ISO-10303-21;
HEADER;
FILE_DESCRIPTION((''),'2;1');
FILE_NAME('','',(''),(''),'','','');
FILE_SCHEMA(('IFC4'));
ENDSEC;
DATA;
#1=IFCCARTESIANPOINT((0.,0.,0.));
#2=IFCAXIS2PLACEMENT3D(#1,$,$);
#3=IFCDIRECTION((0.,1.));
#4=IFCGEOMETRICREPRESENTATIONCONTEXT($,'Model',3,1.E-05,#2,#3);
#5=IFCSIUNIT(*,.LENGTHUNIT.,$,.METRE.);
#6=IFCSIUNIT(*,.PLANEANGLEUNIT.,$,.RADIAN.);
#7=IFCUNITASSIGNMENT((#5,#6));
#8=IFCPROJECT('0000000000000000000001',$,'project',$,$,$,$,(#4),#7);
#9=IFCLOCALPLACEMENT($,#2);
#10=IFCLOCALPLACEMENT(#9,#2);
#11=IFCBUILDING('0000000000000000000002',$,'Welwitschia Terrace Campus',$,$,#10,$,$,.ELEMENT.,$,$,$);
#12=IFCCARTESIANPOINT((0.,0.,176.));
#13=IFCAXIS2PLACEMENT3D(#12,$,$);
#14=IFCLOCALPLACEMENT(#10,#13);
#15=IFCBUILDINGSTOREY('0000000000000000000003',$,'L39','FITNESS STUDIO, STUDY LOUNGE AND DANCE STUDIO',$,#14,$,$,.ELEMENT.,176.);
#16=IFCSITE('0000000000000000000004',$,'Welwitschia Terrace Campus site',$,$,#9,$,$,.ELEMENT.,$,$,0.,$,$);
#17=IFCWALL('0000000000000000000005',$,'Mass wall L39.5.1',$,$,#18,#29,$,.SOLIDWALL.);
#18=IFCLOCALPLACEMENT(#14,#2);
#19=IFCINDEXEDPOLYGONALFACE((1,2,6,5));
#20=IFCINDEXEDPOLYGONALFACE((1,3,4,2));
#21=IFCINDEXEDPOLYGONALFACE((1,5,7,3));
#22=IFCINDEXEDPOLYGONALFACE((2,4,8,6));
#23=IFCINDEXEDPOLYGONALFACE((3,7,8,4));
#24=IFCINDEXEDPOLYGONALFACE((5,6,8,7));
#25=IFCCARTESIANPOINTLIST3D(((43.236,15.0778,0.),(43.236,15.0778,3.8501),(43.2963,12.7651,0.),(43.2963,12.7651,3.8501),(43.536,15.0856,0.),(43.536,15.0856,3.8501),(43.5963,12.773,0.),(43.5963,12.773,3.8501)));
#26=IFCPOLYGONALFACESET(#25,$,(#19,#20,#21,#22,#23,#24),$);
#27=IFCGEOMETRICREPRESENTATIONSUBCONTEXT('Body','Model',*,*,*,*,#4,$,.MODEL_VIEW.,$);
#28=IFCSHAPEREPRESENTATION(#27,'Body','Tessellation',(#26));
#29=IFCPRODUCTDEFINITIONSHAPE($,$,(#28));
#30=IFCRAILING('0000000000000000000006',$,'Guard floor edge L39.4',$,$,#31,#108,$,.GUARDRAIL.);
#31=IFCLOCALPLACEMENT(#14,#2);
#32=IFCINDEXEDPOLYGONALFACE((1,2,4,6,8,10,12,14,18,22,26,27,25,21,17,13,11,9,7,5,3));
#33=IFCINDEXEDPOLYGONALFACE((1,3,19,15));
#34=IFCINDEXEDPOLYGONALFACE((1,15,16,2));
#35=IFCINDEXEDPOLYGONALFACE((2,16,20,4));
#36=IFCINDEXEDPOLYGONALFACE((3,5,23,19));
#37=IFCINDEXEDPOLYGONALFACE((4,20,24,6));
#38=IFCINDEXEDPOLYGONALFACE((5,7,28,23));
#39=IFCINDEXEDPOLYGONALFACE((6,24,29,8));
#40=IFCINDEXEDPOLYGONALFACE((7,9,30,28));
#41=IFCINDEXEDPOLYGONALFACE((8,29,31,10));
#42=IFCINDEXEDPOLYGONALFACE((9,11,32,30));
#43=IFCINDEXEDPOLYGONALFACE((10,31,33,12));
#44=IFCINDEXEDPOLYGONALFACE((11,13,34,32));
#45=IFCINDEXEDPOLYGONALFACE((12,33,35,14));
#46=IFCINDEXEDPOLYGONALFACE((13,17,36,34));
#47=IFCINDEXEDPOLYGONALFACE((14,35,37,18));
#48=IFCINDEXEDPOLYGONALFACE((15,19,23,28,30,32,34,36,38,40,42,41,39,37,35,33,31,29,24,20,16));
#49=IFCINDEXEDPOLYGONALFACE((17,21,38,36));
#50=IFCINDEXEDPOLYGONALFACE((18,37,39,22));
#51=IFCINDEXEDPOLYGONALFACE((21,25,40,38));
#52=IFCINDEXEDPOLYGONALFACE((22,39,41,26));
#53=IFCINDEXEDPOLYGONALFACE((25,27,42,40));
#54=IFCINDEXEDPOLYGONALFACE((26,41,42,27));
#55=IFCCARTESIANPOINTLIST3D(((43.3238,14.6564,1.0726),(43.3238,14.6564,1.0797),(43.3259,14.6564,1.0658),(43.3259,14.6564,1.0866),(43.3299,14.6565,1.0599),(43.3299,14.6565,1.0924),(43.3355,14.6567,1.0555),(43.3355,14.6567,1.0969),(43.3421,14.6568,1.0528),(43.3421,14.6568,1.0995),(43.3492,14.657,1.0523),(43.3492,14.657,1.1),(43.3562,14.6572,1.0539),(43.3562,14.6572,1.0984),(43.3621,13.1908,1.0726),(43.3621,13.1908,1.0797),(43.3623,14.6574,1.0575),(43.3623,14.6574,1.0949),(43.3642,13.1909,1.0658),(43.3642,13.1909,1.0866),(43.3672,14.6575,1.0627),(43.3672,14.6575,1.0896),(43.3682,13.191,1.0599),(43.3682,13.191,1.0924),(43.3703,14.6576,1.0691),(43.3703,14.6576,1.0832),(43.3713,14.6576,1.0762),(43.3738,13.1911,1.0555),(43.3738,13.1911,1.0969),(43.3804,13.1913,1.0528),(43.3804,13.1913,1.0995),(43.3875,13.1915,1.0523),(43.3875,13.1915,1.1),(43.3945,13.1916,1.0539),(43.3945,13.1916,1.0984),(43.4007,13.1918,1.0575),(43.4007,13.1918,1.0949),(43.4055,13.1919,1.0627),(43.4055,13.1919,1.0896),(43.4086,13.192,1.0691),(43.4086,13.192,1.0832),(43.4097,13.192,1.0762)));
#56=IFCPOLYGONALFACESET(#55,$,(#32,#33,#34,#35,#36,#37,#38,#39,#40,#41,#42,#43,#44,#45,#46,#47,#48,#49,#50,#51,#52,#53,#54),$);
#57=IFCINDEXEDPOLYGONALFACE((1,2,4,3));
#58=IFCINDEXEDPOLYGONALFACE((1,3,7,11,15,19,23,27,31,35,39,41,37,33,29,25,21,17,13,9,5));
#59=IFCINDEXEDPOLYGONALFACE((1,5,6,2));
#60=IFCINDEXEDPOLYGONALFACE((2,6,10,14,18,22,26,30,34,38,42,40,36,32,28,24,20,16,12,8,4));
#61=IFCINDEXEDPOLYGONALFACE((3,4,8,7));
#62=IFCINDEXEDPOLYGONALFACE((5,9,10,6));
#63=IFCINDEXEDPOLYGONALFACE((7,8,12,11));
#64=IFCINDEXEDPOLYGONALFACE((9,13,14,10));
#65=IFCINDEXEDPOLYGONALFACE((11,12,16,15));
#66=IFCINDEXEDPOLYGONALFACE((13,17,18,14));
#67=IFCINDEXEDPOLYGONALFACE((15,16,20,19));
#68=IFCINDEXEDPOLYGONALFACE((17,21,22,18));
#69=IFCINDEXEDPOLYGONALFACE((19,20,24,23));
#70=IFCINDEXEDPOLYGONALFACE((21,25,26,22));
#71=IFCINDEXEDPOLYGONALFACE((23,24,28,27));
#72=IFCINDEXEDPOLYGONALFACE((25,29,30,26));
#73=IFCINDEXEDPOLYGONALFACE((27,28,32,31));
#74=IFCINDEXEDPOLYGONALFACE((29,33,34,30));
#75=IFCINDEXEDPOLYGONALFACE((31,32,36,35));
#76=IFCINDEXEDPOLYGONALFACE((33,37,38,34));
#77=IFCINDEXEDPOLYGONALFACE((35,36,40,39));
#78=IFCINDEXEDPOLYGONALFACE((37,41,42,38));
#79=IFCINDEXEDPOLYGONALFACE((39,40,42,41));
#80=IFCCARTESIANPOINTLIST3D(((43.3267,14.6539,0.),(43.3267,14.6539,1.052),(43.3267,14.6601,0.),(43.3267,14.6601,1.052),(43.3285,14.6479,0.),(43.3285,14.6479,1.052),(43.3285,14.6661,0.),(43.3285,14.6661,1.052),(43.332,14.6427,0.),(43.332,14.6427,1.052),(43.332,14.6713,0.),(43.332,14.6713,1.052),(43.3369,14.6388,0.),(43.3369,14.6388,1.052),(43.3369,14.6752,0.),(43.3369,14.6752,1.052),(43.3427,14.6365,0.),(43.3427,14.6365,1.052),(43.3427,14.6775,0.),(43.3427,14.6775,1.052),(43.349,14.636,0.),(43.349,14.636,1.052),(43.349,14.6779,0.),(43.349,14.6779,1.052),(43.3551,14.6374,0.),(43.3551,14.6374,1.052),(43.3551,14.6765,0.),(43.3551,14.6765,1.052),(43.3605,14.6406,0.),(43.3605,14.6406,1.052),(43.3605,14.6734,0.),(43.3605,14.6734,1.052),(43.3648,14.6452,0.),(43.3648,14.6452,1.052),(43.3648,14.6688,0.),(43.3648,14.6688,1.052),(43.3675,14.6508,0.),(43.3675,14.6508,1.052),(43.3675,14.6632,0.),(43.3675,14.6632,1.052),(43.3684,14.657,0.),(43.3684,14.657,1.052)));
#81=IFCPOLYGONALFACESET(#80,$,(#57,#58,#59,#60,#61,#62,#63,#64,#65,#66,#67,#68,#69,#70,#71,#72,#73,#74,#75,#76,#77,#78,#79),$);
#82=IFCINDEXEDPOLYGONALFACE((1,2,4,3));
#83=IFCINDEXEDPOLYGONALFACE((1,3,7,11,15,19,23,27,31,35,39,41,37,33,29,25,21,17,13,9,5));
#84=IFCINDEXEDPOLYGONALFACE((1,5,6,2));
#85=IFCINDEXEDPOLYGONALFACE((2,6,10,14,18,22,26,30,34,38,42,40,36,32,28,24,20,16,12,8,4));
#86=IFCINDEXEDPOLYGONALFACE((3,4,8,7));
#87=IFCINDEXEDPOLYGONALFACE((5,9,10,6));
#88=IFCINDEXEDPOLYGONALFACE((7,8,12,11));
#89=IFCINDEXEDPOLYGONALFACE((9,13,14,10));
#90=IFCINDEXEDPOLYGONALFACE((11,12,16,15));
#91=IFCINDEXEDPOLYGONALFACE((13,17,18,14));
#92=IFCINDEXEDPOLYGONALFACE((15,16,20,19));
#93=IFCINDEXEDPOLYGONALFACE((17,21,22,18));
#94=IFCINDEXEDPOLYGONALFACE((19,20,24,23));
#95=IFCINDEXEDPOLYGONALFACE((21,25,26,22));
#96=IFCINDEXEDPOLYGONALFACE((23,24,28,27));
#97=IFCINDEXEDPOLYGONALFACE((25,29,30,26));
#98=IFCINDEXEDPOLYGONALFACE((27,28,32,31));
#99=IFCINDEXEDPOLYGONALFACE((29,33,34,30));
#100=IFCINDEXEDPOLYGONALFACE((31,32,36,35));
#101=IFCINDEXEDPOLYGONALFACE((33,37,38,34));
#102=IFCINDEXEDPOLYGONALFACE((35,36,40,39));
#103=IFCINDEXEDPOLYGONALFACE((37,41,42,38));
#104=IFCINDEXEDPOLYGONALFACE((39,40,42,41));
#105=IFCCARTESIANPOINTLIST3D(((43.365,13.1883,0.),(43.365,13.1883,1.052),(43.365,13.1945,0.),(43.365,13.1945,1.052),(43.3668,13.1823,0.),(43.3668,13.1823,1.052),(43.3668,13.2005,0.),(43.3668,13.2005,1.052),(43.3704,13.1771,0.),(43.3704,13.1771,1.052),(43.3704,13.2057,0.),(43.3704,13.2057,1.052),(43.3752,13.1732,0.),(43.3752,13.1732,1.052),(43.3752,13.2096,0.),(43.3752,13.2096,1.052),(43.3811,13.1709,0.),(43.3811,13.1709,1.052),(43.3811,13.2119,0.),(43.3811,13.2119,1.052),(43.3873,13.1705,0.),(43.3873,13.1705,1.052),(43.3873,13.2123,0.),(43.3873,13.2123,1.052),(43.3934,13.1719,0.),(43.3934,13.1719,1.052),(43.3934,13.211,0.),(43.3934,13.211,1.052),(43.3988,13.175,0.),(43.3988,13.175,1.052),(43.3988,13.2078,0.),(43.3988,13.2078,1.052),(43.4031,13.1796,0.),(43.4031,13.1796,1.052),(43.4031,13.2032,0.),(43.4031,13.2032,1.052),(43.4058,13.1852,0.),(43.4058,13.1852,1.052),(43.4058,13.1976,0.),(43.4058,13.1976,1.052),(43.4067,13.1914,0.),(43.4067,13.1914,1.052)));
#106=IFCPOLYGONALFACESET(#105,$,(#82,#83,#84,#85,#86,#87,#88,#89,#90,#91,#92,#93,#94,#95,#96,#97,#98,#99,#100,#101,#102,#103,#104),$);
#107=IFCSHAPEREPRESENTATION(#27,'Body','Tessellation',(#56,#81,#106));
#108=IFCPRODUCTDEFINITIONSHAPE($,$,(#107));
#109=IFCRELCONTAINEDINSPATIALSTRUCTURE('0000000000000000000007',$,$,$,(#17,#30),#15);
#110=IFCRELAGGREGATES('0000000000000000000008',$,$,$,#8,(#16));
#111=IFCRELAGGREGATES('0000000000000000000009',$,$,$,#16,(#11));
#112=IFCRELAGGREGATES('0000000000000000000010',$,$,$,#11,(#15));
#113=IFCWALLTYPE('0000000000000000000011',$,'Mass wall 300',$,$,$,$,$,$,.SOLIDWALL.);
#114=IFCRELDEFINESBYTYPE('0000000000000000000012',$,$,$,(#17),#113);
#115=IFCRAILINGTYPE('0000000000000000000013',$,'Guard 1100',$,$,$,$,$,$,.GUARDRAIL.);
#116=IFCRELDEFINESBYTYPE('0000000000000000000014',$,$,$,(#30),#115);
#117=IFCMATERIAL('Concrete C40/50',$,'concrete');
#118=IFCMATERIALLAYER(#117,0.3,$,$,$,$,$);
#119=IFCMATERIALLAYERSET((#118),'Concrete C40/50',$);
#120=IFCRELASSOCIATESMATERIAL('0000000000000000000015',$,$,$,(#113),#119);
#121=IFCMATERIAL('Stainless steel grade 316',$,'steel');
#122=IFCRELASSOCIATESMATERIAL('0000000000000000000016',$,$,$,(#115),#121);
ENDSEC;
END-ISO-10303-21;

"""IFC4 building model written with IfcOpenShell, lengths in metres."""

from ifc_helpers import new_model, si_unit, direction, frame, frame_2d, origin, origin_2d, place, context, subcontext, project, spatial, rectangle, circle, extrude, material, layer, layer_set, type_object, element, save


model = new_model("IFC4")

# Units and contexts
model_context = context("Model", 3, precision=1e-05, world=origin(), true_north=direction((0.0, 1.0)))
body_context = subcontext(model_context, "Body", "Model", "MODEL_VIEW")
ifc_project = project(units=[si_unit("LENGTHUNIT", "METRE"), si_unit("PLANEANGLEUNIT", "RADIAN")], contexts=[model_context])

# Site, building, storey
site_placement = place(None, origin())
site = spatial("IfcSite", under=ifc_project, at=site_placement, Name="Welwitschia Terrace Campus site", CompositionType="ELEMENT", RefElevation=0.0)
building_placement = place(site_placement, origin())
building = spatial("IfcBuilding", under=site, at=building_placement, Name="Welwitschia Terrace Campus", CompositionType="ELEMENT")
storey_placement = place(building_placement, frame((0.0, 0.0, 176.0)))
storey = spatial("IfcBuildingStorey", under=building, at=storey_placement, Name="L39", Description="FITNESS STUDIO, STUDY LOUNGE AND DANCE STUDIO", CompositionType="ELEMENT", Elevation=176.0)

# Wall
ifc_material_1 = material(Name="Concrete C40/50", Category="concrete")
ifc_layer_1 = layer(ifc_material_1, 0.3)
ifc_layer_set_1 = layer_set([ifc_layer_1], Name="Concrete C40/50")
wall_type_1 = type_object("IfcWallType", Name="Mass wall 300", PredefinedType="SOLIDWALL", material=ifc_layer_set_1)
wall_1_placement = place(storey_placement, frame((43.4463, 12.769, 0.0), z_axis=(0.0, 0.0, 1.0), x_axis=(-0.026065, 0.99966, 0.0)))
element("IfcWall", 1, at=wall_1_placement, inside=storey, type_object=wall_type_1, Name="Mass wall L39.5.1", PredefinedType="SOLIDWALL", context=body_context, shape_type="SweptSolid", body=[
    extrude(rectangle(XDim=2.3135, YDim=0.3, at=frame_2d((1.1567, 0.0))), origin(), (0.0, 0.0, 1.0), 3.8501),
])

# Railing
ifc_material_2 = material(Name="Stainless steel grade 316", Category="steel")
railing_type = type_object("IfcRailingType", Name="Guard 1100", PredefinedType="GUARDRAIL", material=ifc_material_2)
railing_1_placement = place(storey_placement, frame((43.3474, 14.657, 0.0)))
element("IfcRailing", 2, at=railing_1_placement, inside=storey, type_object=railing_type, Name="Guard floor edge L39.4", PredefinedType="GUARDRAIL", context=body_context, shape_type="SweptSolid", body=[
    extrude(circle(Radius=0.0239, at=origin_2d()), frame((0.0, 0.0, 1.0762), z_axis=(0.026145, -0.999658, 0.0), x_axis=(0.999658, 0.026145, 0.0)), (0.0, 0.0, 1.0), 1.4661),
    extrude(circle(Radius=0.021, at=origin_2d()), origin(), (0.0, 0.0, 1.0), 1.052),
    extrude(circle(Radius=0.021, at=origin_2d()), frame((0.0383, -1.4656, 0.0)), (0.0, 0.0, 1.0), 1.052),
])

save(model, "model.ifc")
